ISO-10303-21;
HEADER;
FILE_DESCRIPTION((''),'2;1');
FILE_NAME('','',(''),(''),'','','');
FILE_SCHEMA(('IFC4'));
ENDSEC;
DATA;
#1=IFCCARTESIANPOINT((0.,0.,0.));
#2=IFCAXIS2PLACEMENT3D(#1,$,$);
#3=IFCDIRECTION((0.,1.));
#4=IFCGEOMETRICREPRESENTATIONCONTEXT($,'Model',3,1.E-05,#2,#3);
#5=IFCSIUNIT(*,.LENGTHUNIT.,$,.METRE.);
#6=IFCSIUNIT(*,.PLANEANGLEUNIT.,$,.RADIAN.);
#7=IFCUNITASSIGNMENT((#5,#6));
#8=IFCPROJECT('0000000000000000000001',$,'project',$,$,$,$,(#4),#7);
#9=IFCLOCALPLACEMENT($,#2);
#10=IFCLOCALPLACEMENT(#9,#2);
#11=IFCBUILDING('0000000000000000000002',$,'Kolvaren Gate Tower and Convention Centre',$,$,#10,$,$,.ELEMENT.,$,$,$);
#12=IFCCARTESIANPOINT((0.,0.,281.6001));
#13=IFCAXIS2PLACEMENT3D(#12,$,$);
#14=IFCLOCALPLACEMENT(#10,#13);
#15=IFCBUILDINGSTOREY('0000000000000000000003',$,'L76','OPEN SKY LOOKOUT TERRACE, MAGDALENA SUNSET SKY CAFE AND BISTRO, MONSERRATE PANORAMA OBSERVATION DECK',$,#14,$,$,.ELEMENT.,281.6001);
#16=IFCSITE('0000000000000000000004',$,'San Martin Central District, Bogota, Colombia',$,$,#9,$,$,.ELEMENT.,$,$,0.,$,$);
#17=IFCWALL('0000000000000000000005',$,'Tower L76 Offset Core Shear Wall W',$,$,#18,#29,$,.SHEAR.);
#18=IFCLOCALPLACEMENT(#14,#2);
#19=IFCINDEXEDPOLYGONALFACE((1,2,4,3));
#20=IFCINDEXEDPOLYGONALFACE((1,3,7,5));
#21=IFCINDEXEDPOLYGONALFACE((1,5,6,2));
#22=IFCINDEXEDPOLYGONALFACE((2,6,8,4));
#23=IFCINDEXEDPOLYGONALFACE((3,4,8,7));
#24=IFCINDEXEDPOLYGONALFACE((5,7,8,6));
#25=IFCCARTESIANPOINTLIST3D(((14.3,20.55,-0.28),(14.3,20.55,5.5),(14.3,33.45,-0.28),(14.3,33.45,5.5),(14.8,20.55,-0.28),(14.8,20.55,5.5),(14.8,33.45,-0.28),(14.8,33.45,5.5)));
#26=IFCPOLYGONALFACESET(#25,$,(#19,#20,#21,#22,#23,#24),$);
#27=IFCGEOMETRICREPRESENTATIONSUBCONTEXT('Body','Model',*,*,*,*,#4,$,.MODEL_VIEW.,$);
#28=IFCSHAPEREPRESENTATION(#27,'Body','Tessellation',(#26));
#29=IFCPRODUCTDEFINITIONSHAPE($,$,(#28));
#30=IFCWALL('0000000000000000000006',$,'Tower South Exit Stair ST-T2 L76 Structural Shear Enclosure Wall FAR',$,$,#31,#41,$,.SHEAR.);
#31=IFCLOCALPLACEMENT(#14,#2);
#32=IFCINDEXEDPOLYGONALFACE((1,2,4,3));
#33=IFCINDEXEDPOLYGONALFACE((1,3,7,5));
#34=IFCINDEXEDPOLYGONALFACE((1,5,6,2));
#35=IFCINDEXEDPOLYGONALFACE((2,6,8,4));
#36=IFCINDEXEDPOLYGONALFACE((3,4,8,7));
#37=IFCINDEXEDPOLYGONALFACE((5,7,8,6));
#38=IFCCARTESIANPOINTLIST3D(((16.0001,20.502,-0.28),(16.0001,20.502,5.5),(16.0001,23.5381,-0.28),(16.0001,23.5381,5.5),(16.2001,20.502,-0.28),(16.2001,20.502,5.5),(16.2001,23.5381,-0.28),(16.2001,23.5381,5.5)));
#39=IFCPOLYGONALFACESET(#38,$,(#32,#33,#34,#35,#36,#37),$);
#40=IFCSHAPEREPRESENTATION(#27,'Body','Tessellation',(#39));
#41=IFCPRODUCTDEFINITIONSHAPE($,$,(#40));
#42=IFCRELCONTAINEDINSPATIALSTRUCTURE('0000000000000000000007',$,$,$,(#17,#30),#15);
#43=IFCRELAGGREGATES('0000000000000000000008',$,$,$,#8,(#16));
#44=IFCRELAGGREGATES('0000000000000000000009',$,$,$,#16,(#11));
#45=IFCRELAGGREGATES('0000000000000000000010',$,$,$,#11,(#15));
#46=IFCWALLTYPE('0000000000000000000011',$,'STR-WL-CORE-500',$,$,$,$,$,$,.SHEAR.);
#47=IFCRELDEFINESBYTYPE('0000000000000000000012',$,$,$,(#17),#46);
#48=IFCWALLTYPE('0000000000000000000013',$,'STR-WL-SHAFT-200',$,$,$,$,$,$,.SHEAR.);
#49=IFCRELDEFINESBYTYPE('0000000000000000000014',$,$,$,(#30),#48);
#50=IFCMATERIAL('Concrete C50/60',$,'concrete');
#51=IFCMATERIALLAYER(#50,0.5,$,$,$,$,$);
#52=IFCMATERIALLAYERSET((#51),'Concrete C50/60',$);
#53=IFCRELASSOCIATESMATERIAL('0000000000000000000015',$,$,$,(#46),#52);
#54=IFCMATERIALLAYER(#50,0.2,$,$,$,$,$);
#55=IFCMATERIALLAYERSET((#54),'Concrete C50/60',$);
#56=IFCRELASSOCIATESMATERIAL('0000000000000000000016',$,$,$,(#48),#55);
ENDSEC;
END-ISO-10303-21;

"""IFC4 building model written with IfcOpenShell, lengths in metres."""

from ifc_helpers import new_model, si_unit, direction, frame, frame_2d, origin, place, context, subcontext, project, spatial, rectangle, extrude, material, layer, layer_set, type_object, element, save


model = new_model("IFC4")

# Units and contexts
model_context = context("Model", 3, precision=1e-05, world=origin(), true_north=direction((0.0, 1.0)))
body_context = subcontext(model_context, "Body", "Model", "MODEL_VIEW")
ifc_project = project(units=[si_unit("LENGTHUNIT", "METRE"), si_unit("PLANEANGLEUNIT", "RADIAN")], contexts=[model_context])

# Site, building, storey
site_placement = place(None, origin())
site = spatial("IfcSite", under=ifc_project, at=site_placement, Name="San Martin Central District, Bogota, Colombia", CompositionType="ELEMENT", RefElevation=0.0)
building_placement = place(site_placement, origin())
building = spatial("IfcBuilding", under=site, at=building_placement, Name="Kolvaren Gate Tower and Convention Centre", CompositionType="ELEMENT")
storey_placement = place(building_placement, frame((0.0, 0.0, 281.6001)))
storey = spatial("IfcBuildingStorey", under=building, at=storey_placement, Name="L76", Description="OPEN SKY LOOKOUT TERRACE, MAGDALENA SUNSET SKY CAFE AND BISTRO, MONSERRATE PANORAMA OBSERVATION DECK", CompositionType="ELEMENT", Elevation=281.6001)

# Walls
ifc_material_1 = material(Name="Concrete C50/60", Category="concrete")
ifc_layer_1 = layer(ifc_material_1, 0.5)
ifc_layer_set_1 = layer_set([ifc_layer_1], Name="Concrete C50/60")
wall_type_1 = type_object("IfcWallType", Name="STR-WL-CORE-500", PredefinedType="SHEAR", material=ifc_layer_set_1)
wall_1_placement = place(storey_placement, frame((14.55, 20.55, -0.28), z_axis=(0.0, 0.0, 1.0), x_axis=(0.0, 1.0, 0.0)))
element("IfcWall", 1, at=wall_1_placement, inside=storey, type_object=wall_type_1, Name="Tower L76 Offset Core Shear Wall W", PredefinedType="SHEAR", context=body_context, shape_type="SweptSolid", body=[
    extrude(rectangle(XDim=12.8999, YDim=0.5, at=frame_2d((6.45, 0.0))), origin(), (0.0, 0.0, 1.0), 5.78),
])
ifc_layer_2 = layer(ifc_material_1, 0.2)
ifc_layer_set_2 = layer_set([ifc_layer_2], Name="Concrete C50/60")
wall_type_2 = type_object("IfcWallType", Name="STR-WL-SHAFT-200", PredefinedType="SHEAR", material=ifc_layer_set_2)
wall_2_placement = place(storey_placement, frame((16.1001, 20.502, -0.28), z_axis=(0.0, 0.0, 1.0), x_axis=(0.0, 1.0, 0.0)))
element("IfcWall", 2, at=wall_2_placement, inside=storey, type_object=wall_type_2, Name="Tower South Exit Stair ST-T2 L76 Structural Shear Enclosure Wall FAR", PredefinedType="SHEAR", context=body_context, shape_type="SweptSolid", body=[
    extrude(rectangle(XDim=3.0361, YDim=0.2, at=frame_2d((1.5181, 0.0))), origin(), (0.0, 0.0, 1.0), 5.78),
])

save(model, "model.ifc")
